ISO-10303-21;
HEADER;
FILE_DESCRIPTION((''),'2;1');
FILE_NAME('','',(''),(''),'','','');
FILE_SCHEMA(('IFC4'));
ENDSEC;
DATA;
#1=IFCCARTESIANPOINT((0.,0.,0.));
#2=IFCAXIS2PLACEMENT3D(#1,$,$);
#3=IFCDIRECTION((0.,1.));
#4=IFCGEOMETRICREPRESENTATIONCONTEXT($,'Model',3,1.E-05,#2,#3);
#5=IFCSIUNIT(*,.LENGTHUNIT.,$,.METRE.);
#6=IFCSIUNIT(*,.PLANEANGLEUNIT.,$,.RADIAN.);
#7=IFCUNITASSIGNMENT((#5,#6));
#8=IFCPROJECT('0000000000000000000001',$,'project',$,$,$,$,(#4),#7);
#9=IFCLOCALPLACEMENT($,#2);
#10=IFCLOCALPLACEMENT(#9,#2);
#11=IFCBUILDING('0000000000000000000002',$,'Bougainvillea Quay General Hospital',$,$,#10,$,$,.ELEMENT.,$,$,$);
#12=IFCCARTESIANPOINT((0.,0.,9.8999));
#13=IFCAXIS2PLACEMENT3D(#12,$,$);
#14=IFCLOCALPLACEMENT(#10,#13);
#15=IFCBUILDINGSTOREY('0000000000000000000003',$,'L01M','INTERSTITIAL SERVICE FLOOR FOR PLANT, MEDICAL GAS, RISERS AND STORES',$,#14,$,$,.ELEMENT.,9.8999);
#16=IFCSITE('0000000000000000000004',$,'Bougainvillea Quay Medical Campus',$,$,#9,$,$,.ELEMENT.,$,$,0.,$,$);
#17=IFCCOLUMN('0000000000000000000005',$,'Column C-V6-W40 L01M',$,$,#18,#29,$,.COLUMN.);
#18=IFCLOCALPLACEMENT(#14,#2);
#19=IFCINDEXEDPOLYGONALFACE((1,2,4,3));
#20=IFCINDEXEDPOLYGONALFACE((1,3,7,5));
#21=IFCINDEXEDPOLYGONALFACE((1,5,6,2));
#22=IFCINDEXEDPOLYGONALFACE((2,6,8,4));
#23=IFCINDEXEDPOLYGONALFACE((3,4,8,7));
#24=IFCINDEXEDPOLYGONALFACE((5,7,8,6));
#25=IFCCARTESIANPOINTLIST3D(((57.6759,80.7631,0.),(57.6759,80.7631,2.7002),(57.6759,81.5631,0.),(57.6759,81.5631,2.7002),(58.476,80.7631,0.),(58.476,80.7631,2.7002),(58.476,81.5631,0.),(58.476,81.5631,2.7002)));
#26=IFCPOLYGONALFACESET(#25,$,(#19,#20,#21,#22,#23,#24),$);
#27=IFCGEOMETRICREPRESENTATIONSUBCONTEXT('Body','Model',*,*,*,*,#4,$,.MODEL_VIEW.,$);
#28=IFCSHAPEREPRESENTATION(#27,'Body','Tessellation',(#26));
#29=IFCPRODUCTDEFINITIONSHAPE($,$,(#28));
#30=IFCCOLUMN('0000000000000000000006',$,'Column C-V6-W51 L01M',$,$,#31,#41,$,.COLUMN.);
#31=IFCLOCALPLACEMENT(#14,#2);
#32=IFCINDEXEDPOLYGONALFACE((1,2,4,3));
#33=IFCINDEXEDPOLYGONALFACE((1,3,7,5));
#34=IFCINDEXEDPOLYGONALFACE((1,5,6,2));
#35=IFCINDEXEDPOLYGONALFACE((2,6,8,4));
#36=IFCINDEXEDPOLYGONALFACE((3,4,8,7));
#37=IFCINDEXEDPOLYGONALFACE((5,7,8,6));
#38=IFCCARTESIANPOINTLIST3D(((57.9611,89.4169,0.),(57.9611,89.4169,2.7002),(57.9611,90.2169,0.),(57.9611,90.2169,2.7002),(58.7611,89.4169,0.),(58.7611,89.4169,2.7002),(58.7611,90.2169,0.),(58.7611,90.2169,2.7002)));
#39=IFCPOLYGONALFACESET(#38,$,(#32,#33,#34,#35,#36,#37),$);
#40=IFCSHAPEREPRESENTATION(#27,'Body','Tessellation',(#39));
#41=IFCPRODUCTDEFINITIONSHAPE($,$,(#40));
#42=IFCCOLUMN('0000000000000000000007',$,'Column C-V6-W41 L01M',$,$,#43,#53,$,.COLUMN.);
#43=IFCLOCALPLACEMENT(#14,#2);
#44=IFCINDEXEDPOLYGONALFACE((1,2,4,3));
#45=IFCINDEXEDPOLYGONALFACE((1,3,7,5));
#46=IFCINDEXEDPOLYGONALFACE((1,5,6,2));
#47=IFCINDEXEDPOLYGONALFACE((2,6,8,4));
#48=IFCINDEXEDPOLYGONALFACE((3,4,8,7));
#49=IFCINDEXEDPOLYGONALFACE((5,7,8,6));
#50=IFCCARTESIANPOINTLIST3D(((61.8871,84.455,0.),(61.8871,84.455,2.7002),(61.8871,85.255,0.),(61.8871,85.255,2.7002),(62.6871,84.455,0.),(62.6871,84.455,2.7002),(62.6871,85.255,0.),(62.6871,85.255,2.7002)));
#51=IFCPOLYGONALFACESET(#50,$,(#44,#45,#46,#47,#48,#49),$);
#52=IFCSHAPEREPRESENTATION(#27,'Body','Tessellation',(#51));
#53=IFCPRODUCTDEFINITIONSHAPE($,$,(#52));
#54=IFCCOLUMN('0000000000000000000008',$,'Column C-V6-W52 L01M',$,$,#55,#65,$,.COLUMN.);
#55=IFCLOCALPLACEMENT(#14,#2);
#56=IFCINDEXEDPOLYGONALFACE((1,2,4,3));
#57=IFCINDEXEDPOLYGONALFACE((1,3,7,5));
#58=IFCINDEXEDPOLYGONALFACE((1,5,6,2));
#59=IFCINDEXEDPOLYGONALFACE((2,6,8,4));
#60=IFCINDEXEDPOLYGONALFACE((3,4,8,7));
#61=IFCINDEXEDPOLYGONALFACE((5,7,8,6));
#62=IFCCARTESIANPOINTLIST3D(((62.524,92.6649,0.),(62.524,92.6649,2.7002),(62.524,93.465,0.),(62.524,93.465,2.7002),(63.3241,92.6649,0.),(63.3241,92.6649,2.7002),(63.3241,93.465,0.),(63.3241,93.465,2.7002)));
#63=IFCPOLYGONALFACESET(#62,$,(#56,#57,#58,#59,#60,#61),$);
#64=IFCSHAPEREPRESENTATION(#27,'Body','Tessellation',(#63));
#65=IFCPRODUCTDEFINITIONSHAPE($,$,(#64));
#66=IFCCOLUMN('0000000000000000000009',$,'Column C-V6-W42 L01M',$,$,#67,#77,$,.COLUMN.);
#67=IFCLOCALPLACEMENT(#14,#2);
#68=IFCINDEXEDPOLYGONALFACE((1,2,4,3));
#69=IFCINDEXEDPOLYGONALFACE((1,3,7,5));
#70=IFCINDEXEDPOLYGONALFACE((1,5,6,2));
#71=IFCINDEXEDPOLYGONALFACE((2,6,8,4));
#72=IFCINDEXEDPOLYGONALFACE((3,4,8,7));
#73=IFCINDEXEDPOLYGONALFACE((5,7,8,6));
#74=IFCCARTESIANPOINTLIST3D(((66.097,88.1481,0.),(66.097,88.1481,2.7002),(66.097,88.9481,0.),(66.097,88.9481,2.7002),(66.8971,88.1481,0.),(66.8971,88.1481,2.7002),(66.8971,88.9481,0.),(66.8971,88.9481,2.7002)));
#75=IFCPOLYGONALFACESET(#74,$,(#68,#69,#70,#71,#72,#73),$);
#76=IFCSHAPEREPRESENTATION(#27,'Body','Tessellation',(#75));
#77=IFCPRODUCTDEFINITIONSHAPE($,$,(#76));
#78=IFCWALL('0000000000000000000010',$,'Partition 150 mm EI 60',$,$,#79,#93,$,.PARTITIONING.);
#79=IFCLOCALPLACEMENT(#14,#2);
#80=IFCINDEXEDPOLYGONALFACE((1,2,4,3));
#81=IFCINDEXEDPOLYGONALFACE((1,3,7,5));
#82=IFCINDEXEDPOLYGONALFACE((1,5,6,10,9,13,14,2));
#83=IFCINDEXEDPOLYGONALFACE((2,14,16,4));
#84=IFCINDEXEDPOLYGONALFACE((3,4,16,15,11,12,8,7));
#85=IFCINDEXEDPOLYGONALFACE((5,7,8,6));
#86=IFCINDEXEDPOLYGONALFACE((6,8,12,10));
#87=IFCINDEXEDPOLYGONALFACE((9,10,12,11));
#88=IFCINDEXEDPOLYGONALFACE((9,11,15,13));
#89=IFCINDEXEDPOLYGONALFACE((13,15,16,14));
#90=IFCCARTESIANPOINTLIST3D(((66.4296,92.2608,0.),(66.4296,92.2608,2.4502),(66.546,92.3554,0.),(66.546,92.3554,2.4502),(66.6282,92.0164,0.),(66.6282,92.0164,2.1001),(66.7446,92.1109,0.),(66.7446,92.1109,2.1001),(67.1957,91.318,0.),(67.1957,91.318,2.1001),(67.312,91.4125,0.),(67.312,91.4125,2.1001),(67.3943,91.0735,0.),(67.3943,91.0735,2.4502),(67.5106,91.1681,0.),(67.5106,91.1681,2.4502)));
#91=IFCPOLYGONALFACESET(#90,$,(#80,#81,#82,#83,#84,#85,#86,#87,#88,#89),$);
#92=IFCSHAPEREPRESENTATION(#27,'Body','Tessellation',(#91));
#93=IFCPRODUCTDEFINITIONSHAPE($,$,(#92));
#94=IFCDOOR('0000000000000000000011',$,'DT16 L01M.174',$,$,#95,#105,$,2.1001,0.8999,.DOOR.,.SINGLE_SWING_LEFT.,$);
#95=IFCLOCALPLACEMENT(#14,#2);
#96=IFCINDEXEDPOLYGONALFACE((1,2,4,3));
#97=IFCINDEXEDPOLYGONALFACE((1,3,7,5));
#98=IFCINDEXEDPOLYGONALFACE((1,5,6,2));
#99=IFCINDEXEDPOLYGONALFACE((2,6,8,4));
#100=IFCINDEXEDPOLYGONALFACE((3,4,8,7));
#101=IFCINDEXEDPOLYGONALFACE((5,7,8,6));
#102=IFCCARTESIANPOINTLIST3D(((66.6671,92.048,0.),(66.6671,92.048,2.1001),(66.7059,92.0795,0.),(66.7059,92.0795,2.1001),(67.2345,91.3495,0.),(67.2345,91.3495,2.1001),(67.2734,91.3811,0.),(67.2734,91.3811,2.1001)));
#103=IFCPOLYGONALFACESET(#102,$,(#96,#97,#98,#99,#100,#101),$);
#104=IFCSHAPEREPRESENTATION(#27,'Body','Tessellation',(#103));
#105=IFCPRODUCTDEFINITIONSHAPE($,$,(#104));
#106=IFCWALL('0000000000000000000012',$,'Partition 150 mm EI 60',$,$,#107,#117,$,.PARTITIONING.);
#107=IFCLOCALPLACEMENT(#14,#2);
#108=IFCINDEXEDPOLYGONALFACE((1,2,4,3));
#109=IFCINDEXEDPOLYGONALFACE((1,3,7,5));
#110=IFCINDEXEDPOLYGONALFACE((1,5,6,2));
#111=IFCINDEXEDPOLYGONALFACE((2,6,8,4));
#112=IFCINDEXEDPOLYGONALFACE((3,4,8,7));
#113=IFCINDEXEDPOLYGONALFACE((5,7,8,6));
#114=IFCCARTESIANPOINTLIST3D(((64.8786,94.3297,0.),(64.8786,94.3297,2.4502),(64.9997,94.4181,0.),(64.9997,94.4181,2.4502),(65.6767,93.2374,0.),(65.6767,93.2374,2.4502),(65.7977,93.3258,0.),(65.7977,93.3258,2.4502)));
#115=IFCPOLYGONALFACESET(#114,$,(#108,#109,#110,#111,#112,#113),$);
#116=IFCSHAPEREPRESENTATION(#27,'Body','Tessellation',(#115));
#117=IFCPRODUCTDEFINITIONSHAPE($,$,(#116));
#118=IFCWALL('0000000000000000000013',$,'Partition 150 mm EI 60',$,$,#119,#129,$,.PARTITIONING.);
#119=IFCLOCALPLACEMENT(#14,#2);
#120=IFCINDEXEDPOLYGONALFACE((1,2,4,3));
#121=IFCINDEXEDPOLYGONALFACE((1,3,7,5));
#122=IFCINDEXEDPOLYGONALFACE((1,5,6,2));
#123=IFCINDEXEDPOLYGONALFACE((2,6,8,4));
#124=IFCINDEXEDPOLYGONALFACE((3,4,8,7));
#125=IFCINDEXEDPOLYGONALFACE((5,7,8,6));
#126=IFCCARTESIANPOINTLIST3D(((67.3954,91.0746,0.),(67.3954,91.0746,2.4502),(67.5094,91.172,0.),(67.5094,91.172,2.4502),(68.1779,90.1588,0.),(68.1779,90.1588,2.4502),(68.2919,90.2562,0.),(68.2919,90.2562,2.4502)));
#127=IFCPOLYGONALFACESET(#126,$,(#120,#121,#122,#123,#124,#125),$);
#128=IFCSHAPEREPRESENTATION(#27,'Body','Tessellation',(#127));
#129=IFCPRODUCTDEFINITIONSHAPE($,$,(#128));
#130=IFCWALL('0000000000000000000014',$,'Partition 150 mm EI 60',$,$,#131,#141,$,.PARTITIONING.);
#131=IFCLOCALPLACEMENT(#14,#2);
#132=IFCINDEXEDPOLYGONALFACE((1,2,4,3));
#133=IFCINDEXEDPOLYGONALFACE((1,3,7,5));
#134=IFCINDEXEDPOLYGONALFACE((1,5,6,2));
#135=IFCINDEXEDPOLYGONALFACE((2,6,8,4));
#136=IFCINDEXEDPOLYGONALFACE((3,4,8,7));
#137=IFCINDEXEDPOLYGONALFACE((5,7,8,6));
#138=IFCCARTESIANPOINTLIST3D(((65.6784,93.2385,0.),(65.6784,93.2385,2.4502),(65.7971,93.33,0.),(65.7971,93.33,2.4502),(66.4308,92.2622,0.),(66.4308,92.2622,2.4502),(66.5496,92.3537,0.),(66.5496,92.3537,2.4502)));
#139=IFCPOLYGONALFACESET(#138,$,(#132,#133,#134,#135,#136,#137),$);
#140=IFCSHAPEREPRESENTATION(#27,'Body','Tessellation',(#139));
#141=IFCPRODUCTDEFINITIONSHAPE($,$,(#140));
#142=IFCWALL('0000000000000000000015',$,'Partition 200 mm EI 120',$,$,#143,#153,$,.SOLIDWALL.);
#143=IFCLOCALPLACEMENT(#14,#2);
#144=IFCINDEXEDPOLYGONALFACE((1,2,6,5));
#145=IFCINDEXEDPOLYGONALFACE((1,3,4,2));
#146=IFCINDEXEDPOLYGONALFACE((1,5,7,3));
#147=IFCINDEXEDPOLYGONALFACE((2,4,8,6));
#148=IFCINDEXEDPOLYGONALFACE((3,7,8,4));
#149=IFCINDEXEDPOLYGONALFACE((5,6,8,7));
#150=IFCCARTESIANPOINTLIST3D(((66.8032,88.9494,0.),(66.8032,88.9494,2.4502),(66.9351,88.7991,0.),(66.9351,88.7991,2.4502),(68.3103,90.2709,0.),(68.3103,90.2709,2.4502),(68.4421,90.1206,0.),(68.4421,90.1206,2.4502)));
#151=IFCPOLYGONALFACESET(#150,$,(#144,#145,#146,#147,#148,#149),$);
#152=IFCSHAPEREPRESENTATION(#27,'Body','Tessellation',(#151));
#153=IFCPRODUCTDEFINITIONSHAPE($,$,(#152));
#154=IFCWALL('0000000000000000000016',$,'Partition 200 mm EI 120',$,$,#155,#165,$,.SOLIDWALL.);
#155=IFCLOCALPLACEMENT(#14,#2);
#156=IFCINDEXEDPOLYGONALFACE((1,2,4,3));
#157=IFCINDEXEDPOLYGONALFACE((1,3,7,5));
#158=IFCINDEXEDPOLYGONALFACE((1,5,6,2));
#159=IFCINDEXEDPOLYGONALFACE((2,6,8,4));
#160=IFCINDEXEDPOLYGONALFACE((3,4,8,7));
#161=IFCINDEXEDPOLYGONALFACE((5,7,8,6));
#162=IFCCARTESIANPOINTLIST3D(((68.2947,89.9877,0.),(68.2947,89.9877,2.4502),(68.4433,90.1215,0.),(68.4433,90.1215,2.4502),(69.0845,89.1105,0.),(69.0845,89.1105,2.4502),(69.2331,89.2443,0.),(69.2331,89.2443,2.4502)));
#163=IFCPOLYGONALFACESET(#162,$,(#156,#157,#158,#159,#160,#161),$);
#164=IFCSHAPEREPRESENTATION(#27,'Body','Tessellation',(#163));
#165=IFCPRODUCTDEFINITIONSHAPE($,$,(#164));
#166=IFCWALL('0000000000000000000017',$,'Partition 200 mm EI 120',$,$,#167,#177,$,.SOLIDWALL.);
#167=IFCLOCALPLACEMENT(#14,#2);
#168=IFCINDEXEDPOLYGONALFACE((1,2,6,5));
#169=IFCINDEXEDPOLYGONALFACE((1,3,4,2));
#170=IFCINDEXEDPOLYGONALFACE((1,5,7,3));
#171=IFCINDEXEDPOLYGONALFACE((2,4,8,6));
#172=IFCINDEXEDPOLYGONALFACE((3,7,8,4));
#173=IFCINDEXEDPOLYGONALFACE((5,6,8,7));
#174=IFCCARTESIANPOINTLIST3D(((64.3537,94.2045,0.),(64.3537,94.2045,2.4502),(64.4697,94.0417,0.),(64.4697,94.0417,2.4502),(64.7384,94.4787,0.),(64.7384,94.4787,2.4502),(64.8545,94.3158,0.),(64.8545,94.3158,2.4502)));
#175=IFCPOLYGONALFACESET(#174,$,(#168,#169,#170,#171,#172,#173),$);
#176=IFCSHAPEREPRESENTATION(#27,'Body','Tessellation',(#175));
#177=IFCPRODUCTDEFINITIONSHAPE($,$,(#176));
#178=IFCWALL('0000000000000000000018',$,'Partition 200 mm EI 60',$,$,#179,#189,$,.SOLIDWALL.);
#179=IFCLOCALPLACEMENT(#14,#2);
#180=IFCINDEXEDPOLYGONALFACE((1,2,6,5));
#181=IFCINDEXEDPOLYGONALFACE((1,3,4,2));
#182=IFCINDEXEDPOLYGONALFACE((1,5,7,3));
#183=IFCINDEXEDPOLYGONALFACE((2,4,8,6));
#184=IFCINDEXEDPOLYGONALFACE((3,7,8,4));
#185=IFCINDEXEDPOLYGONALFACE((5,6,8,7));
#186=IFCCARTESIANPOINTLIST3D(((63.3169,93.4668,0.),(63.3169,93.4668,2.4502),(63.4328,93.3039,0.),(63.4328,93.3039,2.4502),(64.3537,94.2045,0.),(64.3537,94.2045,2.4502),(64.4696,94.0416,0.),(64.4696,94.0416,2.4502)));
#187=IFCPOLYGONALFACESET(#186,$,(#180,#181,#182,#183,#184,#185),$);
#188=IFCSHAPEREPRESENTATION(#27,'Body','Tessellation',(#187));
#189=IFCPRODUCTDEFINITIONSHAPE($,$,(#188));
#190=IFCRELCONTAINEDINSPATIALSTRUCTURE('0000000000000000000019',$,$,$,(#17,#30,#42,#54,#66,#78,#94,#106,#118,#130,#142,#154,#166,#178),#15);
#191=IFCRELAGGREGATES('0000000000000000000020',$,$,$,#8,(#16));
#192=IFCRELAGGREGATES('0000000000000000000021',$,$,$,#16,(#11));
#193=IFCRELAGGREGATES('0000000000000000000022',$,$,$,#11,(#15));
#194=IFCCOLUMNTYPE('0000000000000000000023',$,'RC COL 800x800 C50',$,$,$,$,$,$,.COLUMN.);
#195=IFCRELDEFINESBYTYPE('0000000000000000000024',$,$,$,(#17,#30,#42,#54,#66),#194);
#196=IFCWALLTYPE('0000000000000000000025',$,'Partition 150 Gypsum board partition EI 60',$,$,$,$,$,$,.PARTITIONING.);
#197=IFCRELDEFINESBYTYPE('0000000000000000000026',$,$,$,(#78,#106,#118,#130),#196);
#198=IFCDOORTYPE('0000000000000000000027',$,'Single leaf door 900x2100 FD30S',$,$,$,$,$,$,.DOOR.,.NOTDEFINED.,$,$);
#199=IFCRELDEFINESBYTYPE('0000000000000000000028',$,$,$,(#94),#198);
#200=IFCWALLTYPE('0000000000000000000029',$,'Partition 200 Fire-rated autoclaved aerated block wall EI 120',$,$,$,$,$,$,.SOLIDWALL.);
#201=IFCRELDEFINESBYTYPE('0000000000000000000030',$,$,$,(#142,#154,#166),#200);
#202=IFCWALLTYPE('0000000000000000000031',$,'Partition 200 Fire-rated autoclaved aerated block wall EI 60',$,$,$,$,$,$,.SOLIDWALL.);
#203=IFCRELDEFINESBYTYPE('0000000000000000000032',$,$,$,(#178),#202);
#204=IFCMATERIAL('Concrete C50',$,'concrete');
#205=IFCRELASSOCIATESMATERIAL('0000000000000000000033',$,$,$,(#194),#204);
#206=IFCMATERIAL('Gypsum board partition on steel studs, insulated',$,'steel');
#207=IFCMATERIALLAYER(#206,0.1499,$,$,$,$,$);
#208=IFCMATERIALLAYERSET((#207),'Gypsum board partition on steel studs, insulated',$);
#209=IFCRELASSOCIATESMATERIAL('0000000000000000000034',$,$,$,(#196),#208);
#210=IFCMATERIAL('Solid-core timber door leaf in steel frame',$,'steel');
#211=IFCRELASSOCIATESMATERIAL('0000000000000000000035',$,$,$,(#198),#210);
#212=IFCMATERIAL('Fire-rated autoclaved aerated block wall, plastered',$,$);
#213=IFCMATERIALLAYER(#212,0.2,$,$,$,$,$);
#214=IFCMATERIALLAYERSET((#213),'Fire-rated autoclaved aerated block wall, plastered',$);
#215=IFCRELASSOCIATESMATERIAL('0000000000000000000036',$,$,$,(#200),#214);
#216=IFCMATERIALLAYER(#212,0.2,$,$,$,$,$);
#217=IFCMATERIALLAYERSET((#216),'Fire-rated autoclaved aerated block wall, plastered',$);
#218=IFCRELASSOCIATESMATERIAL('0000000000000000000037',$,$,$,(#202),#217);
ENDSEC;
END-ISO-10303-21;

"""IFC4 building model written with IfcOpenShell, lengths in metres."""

from ifc_helpers import new_model, si_unit, direction, frame, frame_2d, origin, origin_2d, place, context, subcontext, project, spatial, rectangle, extrude, material, layer, layer_set, material_profile, profile_set, type_object, element, fill, save


model = new_model("IFC4")

# Units and contexts
model_context = context("Model", 3, precision=1e-05, world=origin(), true_north=direction((0.0, 1.0)))
body_context = subcontext(model_context, "Body", "Model", "MODEL_VIEW")
ifc_project = project(units=[si_unit("LENGTHUNIT", "METRE"), si_unit("PLANEANGLEUNIT", "RADIAN")], contexts=[model_context])

# Site, building, storey
site_placement = place(None, origin())
site = spatial("IfcSite", under=ifc_project, at=site_placement, Name="Bougainvillea Quay Medical Campus", CompositionType="ELEMENT", RefElevation=0.0)
building_placement = place(site_placement, origin())
building = spatial("IfcBuilding", under=site, at=building_placement, Name="Bougainvillea Quay General Hospital", CompositionType="ELEMENT")
storey_placement = place(building_placement, frame((0.0, 0.0, 9.8999)))
storey = spatial("IfcBuildingStorey", under=building, at=storey_placement, Name="L01M", Description="INTERSTITIAL SERVICE FLOOR FOR PLANT, MEDICAL GAS, RISERS AND STORES", CompositionType="ELEMENT", Elevation=9.8999)

# Columns
ifc_material_1 = material(Name="Concrete C50", Category="concrete")
ifc_material_profile = material_profile(ifc_material_1, rectangle(XDim=0.8, YDim=0.8, at=origin_2d()))
ifc_profile_set = profile_set([ifc_material_profile], Name="Concrete C50")
column_type = type_object("IfcColumnType", Name="RC COL 800x800 C50", PredefinedType="COLUMN", material=ifc_profile_set)
for number, where, z_axis, x_axis, name in (
    (1, (58.0759, 81.1631, 0.0), (0.0, 0.0, 1.0), (1.0, 0.0, 0.0), "Column C-V6-W40 L01M"),
    (2, (58.3611, 89.8169, 0.0), (0.0, 0.0, 1.0), (1.0, 0.0, 0.0), "Column C-V6-W51 L01M"),
    (3, (62.2871, 84.855, 0.0), (0.0, 0.0, 1.0), (1.0, 0.0, 0.0), "Column C-V6-W41 L01M"),
    (4, (62.9241, 93.0649, 0.0), (0.0, 0.0, 1.0), (1.0, 0.0, 0.0), "Column C-V6-W52 L01M"),
    (5, (66.4971, 88.5481, 0.0), (0.0, 0.0, 1.0), (1.0, 0.0, 0.0), "Column C-V6-W42 L01M"),
):
    element("IfcColumn", number, at=place(storey_placement, frame(where, z_axis=z_axis, x_axis=x_axis)), inside=storey, type_object=column_type, Name=name, PredefinedType="COLUMN", context=body_context, shape_type="SweptSolid", body=[
        extrude(rectangle(XDim=0.8, YDim=0.8, at=origin_2d()), origin(), (0.0, 0.0, 1.0), 2.7002),
    ])

# Wall, opening, door
ifc_material_2 = material(Name="Gypsum board partition on steel studs, insulated", Category="steel")
ifc_layer_1 = layer(ifc_material_2, 0.1499)
ifc_layer_set_1 = layer_set([ifc_layer_1], Name="Gypsum board partition on steel studs, insulated")
wall_type_1 = type_object("IfcWallType", Name="Partition 150 Gypsum board partition EI 60", PredefinedType="PARTITIONING", material=ifc_layer_set_1)
wall_1_placement = place(storey_placement, frame((66.4878, 92.3081, 0.0), z_axis=(0.0, 0.0, 1.0), x_axis=(0.630575, -0.776129, 0.0)))
wall_1 = element("IfcWall", 6, at=wall_1_placement, inside=storey, type_object=wall_type_1, Name="Partition 150 mm EI 60", PredefinedType="PARTITIONING", context=body_context, shape_type="SweptSolid", body=[
    extrude(rectangle(XDim=1.5298, YDim=0.1499, at=frame_2d((0.7649, 0.0))), origin(), (0.0, 0.0, 1.0), 2.4502),
])
opening_1_placement = place(wall_1_placement, frame((0.3149, 0.0, 0.0)))
opening_1 = element("IfcOpeningElement", 7, at=opening_1_placement, cuts=wall_1, PredefinedType="OPENING", context=body_context, shape_type="SweptSolid", body=[
    extrude(rectangle(XDim=0.8999, YDim=2.1001, at=frame_2d((0.45, 1.05))), frame((0.0, 0.085, 0.0), z_axis=(0.0, -1.0, 0.0), x_axis=(1.0, 0.0, 0.0)), (0.0, 0.0, 1.0), 0.1699),
])
ifc_material_3 = material(Name="Solid-core timber door leaf in steel frame", Category="steel")
door_type_1 = type_object("IfcDoorType", Name="Single leaf door 900x2100 FD30S", OperationType="NOTDEFINED", PredefinedType="DOOR", material=ifc_material_3)
door_1_placement = place(opening_1_placement, frame((0.8999, 0.0, 0.0), z_axis=(0.0, 0.0, 1.0), x_axis=(-1.0, 0.0, 0.0)))
door_1 = element("IfcDoor", 8, at=door_1_placement, inside=storey, type_object=door_type_1, Name="DT16 L01M.174", OperationType="SINGLE_SWING_LEFT", OverallHeight=2.1001, OverallWidth=0.8999, PredefinedType="DOOR", context=body_context, shape_type="SweptSolid", body=[
    extrude(rectangle(XDim=0.8999, YDim=2.1001, at=frame_2d((0.45, 1.05))), frame((0.0, 0.0249, 0.0), z_axis=(0.0, -1.0, 0.0), x_axis=(1.0, 0.0, 0.0)), (0.0, 0.0, 1.0), 0.05),
])
fill(opening_1, door_1)

# Walls
wall_2_placement = place(storey_placement, frame((64.9392, 94.3738, 0.0), z_axis=(0.0, 0.0, 1.0), x_axis=(0.589962, -0.807431, 0.0)))
element("IfcWall", 9, at=wall_2_placement, inside=storey, type_object=wall_type_1, Name="Partition 150 mm EI 60", PredefinedType="PARTITIONING", context=body_context, shape_type="SweptSolid", body=[
    extrude(rectangle(XDim=1.3528, YDim=0.1499, at=frame_2d((0.6763, 0.0))), origin(), (0.0, 0.0, 1.0), 2.4502),
])
wall_3_placement = place(storey_placement, frame((67.4524, 91.1233, 0.0), z_axis=(0.0, 0.0, 1.0), x_axis=(0.649605, -0.760271, 0.0)))
element("IfcWall", 10, at=wall_3_placement, inside=storey, type_object=wall_type_1, Name="Partition 150 mm EI 60", PredefinedType="PARTITIONING", context=body_context, shape_type="SweptSolid", body=[
    extrude(rectangle(XDim=1.2046, YDim=0.1499, at=frame_2d((0.6023, 0.0))), origin(), (0.0, 0.0, 1.0), 2.4502),
])
wall_4_placement = place(storey_placement, frame((65.7378, 93.2842, 0.0), z_axis=(0.0, 0.0, 1.0), x_axis=(0.610438, -0.792064, 0.0)))
element("IfcWall", 11, at=wall_4_placement, inside=storey, type_object=wall_type_1, Name="Partition 150 mm EI 60", PredefinedType="PARTITIONING", context=body_context, shape_type="SweptSolid", body=[
    extrude(rectangle(XDim=1.2327, YDim=0.1499, at=frame_2d((0.6162, 0.0))), origin(), (0.0, 0.0, 1.0), 2.4502),
])
ifc_material_4 = material(Name="Fire-rated autoclaved aerated block wall, plastered")
ifc_layer_2 = layer(ifc_material_4, 0.2)
ifc_layer_set_2 = layer_set([ifc_layer_2], Name="Fire-rated autoclaved aerated block wall, plastered")
wall_type_2 = type_object("IfcWallType", Name="Partition 200 Fire-rated autoclaved aerated block wall EI 120", PredefinedType="SOLIDWALL", material=ifc_layer_set_2)
wall_5_placement = place(storey_placement, frame((66.8691, 88.8743, 0.0), z_axis=(0.0, 0.0, 1.0), x_axis=(0.751875, 0.659306, 0.0)))
element("IfcWall", 12, at=wall_5_placement, inside=storey, type_object=wall_type_2, Name="Partition 200 mm EI 120", PredefinedType="SOLIDWALL", context=body_context, shape_type="SweptSolid", body=[
    extrude(rectangle(XDim=2.0044, YDim=0.2, at=frame_2d((1.0022, 0.0))), origin(), (0.0, 0.0, 1.0), 2.4502),
])
wall_6_placement = place(storey_placement, frame((68.3689, 90.0547, 0.0), z_axis=(0.0, 0.0, 1.0), x_axis=(0.669113, -0.74316, 0.0)))
element("IfcWall", 13, at=wall_6_placement, inside=storey, type_object=wall_type_2, Name="Partition 200 mm EI 120", PredefinedType="SOLIDWALL", context=body_context, shape_type="SweptSolid", body=[
    extrude(rectangle(XDim=1.1804, YDim=0.2, at=frame_2d((0.5903, 0.0))), origin(), (0.0, 0.0, 1.0), 2.4502),
])
wall_7_placement = place(storey_placement, frame((64.4116, 94.123, 0.0), z_axis=(0.0, 0.0, 1.0), x_axis=(0.814396, 0.580309, 0.0)))
element("IfcWall", 14, at=wall_7_placement, inside=storey, type_object=wall_type_2, Name="Partition 200 mm EI 120", PredefinedType="SOLIDWALL", context=body_context, shape_type="SweptSolid", body=[
    extrude(rectangle(XDim=0.4724, YDim=0.2, at=frame_2d((0.2363, 0.0))), origin(), (0.0, 0.0, 1.0), 2.4502),
])
ifc_layer_3 = layer(ifc_material_4, 0.2)
ifc_layer_set_3 = layer_set([ifc_layer_3], Name="Fire-rated autoclaved aerated block wall, plastered")
wall_type_3 = type_object("IfcWallType", Name="Partition 200 Fire-rated autoclaved aerated block wall EI 60", PredefinedType="SOLIDWALL", material=ifc_layer_set_3)
wall_8_placement = place(storey_placement, frame((64.4116, 94.123, 0.0), z_axis=(0.0, 0.0, 1.0), x_axis=(-0.814782, -0.579767, 0.0)))
element("IfcWall", 15, at=wall_8_placement, inside=storey, type_object=wall_type_3, Name="Partition 200 mm EI 60", PredefinedType="SOLIDWALL", context=body_context, shape_type="SweptSolid", body=[
    extrude(rectangle(XDim=1.2725, YDim=0.2, at=frame_2d((0.6362, 0.0))), origin(), (0.0, 0.0, 1.0), 2.4502),
])

save(model, "model.ifc")
